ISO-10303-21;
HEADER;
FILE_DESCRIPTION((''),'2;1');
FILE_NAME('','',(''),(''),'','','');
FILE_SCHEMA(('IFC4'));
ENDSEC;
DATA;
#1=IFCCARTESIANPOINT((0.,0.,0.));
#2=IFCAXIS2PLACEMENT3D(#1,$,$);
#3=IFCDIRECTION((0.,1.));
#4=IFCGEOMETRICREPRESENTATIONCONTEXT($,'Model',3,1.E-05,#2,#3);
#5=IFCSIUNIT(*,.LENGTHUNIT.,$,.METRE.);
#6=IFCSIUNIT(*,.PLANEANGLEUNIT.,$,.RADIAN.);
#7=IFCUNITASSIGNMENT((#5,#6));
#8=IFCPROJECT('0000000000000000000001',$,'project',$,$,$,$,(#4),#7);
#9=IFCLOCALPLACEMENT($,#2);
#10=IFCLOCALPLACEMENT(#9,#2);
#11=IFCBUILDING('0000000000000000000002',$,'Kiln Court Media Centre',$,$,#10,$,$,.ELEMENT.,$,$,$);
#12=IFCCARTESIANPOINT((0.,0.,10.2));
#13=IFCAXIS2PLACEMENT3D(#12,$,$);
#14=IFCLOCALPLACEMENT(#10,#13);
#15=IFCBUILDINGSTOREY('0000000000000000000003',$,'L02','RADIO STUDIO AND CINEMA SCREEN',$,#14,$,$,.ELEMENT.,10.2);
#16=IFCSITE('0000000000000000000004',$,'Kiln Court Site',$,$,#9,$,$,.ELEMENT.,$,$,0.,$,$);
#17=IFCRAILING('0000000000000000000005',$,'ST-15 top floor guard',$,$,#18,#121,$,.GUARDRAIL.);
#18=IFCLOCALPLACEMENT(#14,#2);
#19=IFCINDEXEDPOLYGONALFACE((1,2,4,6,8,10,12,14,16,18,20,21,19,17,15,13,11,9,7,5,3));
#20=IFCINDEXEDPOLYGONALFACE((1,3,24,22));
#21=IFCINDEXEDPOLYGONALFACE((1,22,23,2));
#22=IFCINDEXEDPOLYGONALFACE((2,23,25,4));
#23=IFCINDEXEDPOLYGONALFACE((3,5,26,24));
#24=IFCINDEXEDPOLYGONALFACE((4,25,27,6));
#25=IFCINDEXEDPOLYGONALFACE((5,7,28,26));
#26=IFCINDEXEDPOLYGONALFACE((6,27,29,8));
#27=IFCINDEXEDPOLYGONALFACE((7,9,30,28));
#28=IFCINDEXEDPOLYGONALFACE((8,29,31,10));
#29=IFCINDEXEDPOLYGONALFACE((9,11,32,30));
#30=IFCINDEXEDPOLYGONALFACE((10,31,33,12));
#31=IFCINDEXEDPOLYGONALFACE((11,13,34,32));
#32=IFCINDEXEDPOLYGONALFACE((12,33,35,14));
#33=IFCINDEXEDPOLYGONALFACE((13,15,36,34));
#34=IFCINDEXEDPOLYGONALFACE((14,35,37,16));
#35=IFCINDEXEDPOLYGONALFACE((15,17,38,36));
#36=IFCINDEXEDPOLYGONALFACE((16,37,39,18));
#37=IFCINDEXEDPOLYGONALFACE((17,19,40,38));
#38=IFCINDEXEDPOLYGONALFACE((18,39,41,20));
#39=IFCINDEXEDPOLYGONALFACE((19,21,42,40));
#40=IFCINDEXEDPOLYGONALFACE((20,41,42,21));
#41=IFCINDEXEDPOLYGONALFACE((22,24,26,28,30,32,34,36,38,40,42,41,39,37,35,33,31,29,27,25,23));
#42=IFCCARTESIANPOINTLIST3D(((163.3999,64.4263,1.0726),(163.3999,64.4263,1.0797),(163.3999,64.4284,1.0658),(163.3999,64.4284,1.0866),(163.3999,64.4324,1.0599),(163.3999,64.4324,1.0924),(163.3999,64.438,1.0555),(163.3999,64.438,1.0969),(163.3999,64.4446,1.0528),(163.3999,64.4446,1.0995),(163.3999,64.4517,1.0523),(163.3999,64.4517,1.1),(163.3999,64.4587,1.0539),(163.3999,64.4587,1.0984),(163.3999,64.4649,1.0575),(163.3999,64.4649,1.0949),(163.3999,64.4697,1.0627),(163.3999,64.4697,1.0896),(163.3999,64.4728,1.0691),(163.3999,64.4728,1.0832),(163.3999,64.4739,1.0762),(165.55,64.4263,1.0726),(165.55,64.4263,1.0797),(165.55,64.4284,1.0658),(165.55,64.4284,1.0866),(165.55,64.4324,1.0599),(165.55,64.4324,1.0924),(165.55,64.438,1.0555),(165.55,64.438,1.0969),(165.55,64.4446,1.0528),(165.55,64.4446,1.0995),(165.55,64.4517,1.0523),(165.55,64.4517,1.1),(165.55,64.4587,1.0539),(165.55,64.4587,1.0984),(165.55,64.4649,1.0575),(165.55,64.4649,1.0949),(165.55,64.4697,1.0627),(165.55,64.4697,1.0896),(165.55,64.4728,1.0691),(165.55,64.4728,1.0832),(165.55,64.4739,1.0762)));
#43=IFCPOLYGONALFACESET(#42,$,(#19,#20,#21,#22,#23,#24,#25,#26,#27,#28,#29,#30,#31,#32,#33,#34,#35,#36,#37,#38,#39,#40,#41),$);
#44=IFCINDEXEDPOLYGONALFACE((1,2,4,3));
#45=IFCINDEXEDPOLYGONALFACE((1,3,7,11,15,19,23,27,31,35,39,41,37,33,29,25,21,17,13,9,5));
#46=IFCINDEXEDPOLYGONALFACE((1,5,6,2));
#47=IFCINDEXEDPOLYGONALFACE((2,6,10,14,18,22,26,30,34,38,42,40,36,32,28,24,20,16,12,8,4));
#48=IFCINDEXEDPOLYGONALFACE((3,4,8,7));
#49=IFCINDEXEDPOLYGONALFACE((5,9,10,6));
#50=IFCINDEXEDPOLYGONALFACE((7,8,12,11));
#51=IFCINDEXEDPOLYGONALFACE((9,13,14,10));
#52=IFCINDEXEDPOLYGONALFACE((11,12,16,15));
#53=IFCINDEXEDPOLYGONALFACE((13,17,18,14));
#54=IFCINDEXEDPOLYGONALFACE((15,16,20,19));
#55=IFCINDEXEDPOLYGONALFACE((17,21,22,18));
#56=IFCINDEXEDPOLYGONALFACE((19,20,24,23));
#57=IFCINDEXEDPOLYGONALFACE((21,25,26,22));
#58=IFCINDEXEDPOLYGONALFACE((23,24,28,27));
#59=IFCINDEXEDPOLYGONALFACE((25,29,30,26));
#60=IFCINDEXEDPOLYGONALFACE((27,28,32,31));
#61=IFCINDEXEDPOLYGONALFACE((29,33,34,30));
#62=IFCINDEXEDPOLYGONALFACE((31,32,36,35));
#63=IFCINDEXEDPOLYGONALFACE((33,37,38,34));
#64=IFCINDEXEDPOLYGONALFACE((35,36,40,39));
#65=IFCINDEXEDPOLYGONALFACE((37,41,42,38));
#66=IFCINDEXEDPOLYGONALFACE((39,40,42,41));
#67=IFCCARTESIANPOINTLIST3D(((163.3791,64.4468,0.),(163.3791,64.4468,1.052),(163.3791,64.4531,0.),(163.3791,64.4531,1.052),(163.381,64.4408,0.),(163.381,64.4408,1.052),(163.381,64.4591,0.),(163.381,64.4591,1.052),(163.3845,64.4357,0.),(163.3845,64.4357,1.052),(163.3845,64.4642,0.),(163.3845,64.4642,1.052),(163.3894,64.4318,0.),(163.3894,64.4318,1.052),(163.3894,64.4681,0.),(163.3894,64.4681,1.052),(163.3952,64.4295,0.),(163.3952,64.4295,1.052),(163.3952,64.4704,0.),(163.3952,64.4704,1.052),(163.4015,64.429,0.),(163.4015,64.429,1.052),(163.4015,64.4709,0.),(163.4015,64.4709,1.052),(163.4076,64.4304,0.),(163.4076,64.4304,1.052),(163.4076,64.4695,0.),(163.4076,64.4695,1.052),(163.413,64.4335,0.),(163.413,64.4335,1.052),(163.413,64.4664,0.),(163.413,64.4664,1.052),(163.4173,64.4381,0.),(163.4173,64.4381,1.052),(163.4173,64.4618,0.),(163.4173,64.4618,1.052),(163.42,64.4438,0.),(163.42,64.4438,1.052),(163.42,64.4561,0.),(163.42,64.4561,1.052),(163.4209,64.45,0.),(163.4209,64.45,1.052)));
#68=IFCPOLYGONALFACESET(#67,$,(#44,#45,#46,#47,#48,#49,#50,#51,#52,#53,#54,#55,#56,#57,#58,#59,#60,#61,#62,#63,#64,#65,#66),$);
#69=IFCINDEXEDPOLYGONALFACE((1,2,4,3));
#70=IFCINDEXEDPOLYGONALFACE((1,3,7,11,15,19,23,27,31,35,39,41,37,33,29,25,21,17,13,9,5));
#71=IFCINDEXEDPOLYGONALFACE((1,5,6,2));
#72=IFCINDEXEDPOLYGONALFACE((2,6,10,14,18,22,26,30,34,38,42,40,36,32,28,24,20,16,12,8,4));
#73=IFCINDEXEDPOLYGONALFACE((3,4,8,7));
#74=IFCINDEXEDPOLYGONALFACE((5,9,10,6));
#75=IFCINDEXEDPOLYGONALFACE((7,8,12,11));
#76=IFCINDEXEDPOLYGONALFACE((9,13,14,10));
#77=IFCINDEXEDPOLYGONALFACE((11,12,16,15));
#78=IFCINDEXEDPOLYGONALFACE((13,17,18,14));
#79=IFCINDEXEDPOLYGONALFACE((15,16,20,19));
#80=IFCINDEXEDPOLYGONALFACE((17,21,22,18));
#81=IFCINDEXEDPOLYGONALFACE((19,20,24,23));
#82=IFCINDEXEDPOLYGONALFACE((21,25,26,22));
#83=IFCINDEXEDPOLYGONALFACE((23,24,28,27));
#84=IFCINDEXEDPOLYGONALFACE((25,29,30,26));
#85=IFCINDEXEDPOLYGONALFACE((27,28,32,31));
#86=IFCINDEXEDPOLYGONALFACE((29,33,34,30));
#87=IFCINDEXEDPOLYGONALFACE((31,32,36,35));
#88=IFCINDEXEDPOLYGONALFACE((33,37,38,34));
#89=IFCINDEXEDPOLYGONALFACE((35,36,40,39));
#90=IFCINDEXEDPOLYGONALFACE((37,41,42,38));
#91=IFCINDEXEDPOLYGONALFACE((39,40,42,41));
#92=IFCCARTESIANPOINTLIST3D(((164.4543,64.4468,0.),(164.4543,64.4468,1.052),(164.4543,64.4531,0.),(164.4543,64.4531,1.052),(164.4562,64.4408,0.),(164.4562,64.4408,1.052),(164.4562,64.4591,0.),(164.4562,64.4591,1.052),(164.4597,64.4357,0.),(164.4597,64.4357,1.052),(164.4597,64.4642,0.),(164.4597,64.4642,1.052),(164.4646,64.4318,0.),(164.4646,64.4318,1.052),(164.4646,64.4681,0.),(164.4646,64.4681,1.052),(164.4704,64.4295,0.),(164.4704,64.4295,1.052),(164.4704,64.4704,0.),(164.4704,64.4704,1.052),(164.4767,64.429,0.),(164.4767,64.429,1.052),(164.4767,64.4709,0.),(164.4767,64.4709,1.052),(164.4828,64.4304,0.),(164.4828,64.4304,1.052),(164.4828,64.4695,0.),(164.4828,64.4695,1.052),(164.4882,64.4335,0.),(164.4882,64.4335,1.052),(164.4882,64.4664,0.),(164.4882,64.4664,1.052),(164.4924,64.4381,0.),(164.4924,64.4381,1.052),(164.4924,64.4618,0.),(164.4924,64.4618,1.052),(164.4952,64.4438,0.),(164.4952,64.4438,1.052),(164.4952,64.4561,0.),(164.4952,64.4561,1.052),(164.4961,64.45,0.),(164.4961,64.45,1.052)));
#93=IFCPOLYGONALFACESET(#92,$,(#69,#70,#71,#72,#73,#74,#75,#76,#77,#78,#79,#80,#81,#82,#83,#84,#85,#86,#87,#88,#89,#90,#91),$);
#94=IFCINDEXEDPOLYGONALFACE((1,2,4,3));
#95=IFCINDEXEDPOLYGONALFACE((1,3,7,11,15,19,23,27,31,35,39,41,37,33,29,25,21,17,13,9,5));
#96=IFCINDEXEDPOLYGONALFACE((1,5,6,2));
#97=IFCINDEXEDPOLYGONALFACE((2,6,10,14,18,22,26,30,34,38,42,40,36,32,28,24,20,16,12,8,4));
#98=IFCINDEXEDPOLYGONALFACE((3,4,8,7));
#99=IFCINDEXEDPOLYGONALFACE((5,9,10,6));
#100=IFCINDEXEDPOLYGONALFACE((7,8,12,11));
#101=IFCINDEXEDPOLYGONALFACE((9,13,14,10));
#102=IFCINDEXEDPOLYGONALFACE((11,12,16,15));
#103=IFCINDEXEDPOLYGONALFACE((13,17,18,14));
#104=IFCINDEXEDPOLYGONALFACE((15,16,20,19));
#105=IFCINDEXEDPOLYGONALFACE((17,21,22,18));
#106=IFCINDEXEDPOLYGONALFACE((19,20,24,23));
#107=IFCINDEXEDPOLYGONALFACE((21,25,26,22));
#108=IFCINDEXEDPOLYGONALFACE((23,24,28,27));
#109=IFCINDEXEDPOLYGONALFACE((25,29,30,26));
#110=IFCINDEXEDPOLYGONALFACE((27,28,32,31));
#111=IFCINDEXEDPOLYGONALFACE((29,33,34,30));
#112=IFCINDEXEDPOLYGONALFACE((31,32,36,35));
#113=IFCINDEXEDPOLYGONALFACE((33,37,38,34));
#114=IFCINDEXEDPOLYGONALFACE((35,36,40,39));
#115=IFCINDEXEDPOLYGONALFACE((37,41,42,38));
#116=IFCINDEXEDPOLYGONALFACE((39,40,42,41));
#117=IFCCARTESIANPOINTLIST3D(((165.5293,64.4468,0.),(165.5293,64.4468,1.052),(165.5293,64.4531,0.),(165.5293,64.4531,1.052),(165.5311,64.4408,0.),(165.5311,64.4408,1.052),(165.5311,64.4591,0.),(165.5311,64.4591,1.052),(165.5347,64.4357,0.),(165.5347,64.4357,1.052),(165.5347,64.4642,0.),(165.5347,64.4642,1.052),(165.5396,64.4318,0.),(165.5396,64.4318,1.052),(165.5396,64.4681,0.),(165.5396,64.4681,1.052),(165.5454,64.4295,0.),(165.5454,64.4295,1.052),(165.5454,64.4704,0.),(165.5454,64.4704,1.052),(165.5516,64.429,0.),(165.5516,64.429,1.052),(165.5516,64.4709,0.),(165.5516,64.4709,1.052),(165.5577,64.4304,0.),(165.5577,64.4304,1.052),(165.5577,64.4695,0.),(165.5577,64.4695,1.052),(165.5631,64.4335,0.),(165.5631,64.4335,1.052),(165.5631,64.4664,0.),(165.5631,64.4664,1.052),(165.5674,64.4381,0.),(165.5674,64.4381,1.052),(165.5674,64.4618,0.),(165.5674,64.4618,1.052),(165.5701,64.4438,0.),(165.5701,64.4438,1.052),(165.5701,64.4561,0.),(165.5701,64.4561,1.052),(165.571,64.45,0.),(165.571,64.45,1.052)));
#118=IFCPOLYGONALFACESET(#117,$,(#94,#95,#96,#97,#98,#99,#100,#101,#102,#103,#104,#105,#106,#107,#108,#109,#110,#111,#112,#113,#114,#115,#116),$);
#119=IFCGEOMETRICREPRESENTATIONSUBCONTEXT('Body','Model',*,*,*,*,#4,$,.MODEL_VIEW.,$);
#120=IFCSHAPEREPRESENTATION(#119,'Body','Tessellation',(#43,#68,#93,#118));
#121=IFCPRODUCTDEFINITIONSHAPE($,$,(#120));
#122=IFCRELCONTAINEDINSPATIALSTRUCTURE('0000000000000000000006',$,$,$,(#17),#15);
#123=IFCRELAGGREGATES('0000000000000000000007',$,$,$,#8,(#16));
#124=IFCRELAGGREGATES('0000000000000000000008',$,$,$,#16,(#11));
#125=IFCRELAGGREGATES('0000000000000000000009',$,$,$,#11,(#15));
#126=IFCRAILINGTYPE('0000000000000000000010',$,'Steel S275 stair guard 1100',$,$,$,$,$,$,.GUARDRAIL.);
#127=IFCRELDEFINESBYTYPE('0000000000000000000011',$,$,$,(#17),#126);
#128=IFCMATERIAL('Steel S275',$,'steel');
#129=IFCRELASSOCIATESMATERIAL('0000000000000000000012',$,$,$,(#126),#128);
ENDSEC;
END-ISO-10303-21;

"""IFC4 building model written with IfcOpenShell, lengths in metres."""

from ifc_helpers import new_model, si_unit, direction, frame, origin, origin_2d, place, context, subcontext, project, spatial, circle, extrude, material, type_object, element, save


model = new_model("IFC4")

# Units and contexts
model_context = context("Model", 3, precision=1e-05, world=origin(), true_north=direction((0.0, 1.0)))
body_context = subcontext(model_context, "Body", "Model", "MODEL_VIEW")
ifc_project = project(units=[si_unit("LENGTHUNIT", "METRE"), si_unit("PLANEANGLEUNIT", "RADIAN")], contexts=[model_context])

# Site, building, storey
site_placement = place(None, origin())
site = spatial("IfcSite", under=ifc_project, at=site_placement, Name="Kiln Court Site", CompositionType="ELEMENT", RefElevation=0.0)
building_placement = place(site_placement, origin())
building = spatial("IfcBuilding", under=site, at=building_placement, Name="Kiln Court Media Centre", CompositionType="ELEMENT")
storey_placement = place(building_placement, frame((0.0, 0.0, 10.2)))
storey = spatial("IfcBuildingStorey", under=building, at=storey_placement, Name="L02", Description="RADIO STUDIO AND CINEMA SCREEN", CompositionType="ELEMENT", Elevation=10.2)

# Railing
ifc_material_1 = material(Name="Steel S275", Category="steel")
railing_type = type_object("IfcRailingType", Name="Steel S275 stair guard 1100", PredefinedType="GUARDRAIL", material=ifc_material_1)
railing_1_placement = place(storey_placement, frame((163.3999, 64.45, 0.0)))
element("IfcRailing", 1, at=railing_1_placement, inside=storey, type_object=railing_type, Name="ST-15 top floor guard", PredefinedType="GUARDRAIL", context=body_context, shape_type="SweptSolid", body=[
    extrude(circle(Radius=0.0239, at=origin_2d()), frame((0.0, 0.0, 1.0762), z_axis=(1.0, 0.0, 0.0), x_axis=(0.0, 1.0, 0.0)), (0.0, 0.0, 1.0), 2.1501),
    extrude(circle(Radius=0.021, at=origin_2d()), origin(), (0.0, 0.0, 1.0), 1.052),
    extrude(circle(Radius=0.021, at=origin_2d()), frame((1.0752, 0.0, 0.0)), (0.0, 0.0, 1.0), 1.052),
    extrude(circle(Radius=0.021, at=origin_2d()), frame((2.1501, 0.0, 0.0)), (0.0, 0.0, 1.0), 1.052),
])

save(model, "model.ifc")
